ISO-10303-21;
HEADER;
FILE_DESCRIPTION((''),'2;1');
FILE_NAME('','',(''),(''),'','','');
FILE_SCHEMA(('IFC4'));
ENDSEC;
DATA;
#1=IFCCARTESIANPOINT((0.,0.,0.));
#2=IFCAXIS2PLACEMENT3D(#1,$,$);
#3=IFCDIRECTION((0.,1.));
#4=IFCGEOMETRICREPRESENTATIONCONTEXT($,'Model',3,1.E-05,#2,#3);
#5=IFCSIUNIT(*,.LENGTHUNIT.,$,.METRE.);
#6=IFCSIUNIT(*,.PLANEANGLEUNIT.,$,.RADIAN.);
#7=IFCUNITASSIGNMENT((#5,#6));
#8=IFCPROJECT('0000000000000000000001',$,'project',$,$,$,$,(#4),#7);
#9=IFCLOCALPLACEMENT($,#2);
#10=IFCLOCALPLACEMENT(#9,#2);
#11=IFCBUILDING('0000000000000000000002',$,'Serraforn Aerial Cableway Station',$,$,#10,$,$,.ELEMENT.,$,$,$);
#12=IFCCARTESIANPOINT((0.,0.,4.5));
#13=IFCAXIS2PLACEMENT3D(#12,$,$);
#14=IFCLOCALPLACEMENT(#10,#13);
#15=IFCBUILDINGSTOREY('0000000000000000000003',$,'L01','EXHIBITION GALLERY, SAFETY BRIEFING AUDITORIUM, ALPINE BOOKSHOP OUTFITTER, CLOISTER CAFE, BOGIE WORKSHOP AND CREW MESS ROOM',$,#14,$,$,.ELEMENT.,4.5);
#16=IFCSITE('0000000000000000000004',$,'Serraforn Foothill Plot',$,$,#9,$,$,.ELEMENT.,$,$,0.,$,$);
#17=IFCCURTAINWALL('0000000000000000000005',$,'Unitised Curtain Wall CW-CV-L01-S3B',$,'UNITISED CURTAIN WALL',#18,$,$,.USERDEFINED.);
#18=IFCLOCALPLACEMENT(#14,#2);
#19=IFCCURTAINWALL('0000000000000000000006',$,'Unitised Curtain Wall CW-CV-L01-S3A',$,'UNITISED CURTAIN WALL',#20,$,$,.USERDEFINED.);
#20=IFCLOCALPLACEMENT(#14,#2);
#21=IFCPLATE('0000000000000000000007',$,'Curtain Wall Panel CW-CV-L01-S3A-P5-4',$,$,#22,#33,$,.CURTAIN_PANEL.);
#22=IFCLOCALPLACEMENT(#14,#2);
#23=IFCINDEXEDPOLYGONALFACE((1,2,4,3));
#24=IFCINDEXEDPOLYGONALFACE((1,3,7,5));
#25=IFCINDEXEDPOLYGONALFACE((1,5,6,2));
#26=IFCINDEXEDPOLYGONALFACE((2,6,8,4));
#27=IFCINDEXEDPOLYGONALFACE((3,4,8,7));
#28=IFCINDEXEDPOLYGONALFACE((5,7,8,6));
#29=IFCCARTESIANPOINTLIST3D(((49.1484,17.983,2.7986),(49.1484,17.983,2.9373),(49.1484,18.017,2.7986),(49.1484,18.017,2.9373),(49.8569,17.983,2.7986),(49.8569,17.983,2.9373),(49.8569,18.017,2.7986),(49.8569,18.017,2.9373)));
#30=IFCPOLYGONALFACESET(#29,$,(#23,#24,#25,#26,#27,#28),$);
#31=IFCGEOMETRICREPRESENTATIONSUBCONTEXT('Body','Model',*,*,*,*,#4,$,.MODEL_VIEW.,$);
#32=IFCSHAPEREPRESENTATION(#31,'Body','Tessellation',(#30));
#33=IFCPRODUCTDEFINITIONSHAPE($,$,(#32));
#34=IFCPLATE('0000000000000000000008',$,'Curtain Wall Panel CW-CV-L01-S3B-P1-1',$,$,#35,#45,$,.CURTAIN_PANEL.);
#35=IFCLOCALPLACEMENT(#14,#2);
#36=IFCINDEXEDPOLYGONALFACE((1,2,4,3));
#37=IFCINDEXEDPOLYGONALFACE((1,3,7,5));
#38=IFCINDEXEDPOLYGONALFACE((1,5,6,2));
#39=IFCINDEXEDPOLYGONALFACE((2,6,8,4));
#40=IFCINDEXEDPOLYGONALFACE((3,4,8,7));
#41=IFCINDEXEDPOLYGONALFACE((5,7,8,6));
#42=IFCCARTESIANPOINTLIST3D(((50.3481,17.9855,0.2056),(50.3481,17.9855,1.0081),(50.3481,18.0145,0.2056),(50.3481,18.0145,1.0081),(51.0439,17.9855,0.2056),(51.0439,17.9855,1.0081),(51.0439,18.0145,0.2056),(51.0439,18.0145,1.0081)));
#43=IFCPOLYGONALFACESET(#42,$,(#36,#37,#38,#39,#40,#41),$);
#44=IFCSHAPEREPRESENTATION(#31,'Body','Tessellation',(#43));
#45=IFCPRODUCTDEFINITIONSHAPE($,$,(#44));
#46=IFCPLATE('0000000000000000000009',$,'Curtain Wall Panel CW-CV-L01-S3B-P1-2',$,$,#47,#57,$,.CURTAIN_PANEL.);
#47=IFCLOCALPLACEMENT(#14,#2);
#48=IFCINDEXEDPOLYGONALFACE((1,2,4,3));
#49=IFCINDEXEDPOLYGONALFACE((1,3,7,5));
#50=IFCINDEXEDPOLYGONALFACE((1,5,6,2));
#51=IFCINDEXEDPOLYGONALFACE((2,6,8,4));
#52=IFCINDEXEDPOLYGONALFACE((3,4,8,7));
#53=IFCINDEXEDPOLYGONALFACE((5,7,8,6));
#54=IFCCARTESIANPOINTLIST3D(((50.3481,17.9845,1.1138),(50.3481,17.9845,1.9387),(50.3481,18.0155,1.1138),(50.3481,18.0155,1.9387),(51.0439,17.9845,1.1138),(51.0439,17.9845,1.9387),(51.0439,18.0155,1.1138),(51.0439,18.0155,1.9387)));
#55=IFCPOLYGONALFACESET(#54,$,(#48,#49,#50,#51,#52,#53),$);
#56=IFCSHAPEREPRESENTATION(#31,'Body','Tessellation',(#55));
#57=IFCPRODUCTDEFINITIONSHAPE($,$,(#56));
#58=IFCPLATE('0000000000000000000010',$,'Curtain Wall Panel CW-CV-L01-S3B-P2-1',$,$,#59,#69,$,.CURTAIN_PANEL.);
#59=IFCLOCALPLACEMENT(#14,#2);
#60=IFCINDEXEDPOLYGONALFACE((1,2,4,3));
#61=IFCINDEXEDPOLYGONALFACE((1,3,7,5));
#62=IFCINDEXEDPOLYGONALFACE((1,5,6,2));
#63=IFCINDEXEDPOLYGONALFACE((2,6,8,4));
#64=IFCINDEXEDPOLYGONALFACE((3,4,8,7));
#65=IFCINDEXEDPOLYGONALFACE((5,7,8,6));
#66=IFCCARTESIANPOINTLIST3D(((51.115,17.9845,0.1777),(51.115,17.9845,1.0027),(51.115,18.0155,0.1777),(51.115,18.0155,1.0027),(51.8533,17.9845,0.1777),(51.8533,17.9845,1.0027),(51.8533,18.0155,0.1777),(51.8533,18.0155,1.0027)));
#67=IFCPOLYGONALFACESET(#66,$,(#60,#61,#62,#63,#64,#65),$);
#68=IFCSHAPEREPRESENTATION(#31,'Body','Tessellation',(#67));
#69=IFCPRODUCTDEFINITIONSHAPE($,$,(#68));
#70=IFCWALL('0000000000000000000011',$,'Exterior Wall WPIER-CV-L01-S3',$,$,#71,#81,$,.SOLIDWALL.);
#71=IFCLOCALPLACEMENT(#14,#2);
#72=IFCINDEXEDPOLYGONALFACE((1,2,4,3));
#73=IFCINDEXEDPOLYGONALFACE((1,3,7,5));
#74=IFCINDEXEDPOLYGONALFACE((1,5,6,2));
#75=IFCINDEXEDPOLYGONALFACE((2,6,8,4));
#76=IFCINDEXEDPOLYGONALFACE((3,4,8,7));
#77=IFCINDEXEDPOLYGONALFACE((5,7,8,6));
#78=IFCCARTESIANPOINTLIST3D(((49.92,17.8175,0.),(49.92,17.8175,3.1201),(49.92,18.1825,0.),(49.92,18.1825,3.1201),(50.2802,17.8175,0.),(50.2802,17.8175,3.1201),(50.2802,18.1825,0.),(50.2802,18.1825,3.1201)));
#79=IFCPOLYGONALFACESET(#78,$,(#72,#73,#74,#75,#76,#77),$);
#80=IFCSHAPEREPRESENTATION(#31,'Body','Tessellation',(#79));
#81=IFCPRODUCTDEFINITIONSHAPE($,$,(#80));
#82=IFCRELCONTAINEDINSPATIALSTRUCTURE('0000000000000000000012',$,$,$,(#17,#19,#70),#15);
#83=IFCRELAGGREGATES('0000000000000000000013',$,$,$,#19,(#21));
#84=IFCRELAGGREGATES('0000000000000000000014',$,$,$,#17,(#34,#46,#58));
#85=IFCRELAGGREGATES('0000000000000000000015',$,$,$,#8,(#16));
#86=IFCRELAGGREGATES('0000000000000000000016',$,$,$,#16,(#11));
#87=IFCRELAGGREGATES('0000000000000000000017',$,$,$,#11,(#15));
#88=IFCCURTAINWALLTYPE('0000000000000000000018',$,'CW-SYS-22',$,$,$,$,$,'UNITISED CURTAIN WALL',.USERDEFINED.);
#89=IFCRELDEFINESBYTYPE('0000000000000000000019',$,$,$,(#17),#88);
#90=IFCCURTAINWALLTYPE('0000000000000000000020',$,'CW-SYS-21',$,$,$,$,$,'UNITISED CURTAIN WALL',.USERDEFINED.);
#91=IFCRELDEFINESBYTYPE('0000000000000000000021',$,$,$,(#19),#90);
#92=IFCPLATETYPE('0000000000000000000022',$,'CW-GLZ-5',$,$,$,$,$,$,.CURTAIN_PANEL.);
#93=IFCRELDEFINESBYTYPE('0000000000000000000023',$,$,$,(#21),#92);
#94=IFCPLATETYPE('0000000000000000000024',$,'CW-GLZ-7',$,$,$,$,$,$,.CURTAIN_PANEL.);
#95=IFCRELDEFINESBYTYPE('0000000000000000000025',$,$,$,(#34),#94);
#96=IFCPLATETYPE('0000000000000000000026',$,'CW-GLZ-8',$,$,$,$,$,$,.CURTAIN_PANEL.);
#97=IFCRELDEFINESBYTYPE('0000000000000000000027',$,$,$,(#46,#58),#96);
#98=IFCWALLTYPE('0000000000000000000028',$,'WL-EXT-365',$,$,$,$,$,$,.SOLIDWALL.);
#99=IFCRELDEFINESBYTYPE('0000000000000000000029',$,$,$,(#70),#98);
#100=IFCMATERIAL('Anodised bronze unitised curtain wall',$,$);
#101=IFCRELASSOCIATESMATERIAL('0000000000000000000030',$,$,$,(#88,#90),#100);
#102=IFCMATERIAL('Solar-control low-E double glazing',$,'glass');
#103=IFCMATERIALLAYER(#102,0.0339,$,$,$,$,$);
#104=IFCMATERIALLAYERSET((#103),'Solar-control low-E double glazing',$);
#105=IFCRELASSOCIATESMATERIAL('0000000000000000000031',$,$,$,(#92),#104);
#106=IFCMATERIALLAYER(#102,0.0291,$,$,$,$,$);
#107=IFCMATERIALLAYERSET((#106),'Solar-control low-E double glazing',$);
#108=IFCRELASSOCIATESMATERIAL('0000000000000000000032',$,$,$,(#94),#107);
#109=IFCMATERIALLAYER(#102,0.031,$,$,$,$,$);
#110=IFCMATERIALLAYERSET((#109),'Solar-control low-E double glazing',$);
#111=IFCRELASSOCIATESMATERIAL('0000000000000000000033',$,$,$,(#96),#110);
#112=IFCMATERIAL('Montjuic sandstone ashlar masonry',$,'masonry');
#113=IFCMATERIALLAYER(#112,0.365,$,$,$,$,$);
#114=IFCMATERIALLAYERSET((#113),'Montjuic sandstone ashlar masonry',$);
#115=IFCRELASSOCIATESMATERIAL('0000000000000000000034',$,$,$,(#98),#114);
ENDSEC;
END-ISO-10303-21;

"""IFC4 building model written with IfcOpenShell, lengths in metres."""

from ifc_helpers import new_model, si_unit, direction, frame, frame_2d, origin, origin_2d, place, context, subcontext, project, spatial, rectangle, extrude, material, layer, layer_set, type_object, element, aggregate, save


model = new_model("IFC4")

# Units and contexts
model_context = context("Model", 3, precision=1e-05, world=origin(), true_north=direction((0.0, 1.0)))
body_context = subcontext(model_context, "Body", "Model", "MODEL_VIEW")
ifc_project = project(units=[si_unit("LENGTHUNIT", "METRE"), si_unit("PLANEANGLEUNIT", "RADIAN")], contexts=[model_context])

# Site, building, storey
site_placement = place(None, origin())
site = spatial("IfcSite", under=ifc_project, at=site_placement, Name="Serraforn Foothill Plot", CompositionType="ELEMENT", RefElevation=0.0)
building_placement = place(site_placement, origin())
building = spatial("IfcBuilding", under=site, at=building_placement, Name="Serraforn Aerial Cableway Station", CompositionType="ELEMENT")
storey_placement = place(building_placement, frame((0.0, 0.0, 4.5)))
storey = spatial("IfcBuildingStorey", under=building, at=storey_placement, Name="L01", Description="EXHIBITION GALLERY, SAFETY BRIEFING AUDITORIUM, ALPINE BOOKSHOP OUTFITTER, CLOISTER CAFE, BOGIE WORKSHOP AND CREW MESS ROOM", CompositionType="ELEMENT", Elevation=4.5)

# Curtain wall
ifc_material_1 = material(Name="Anodised bronze unitised curtain wall")
curtain_wall_type_1 = type_object("IfcCurtainWallType", Name="CW-SYS-22", ElementType="UNITISED CURTAIN WALL", PredefinedType="USERDEFINED", material=ifc_material_1)
curtain_wall_1_placement = place(storey_placement, origin())
curtain_wall_1 = element("IfcCurtainWall", 1, at=curtain_wall_1_placement, inside=storey, type_object=curtain_wall_type_1, Name="Unitised Curtain Wall CW-CV-L01-S3B", ObjectType="UNITISED CURTAIN WALL", PredefinedType="USERDEFINED")

# Curtain wall
curtain_wall_type_2 = type_object("IfcCurtainWallType", Name="CW-SYS-21", ElementType="UNITISED CURTAIN WALL", PredefinedType="USERDEFINED", material=ifc_material_1)
curtain_wall_2_placement = place(storey_placement, origin())
curtain_wall_2 = element("IfcCurtainWall", 2, at=curtain_wall_2_placement, inside=storey, type_object=curtain_wall_type_2, Name="Unitised Curtain Wall CW-CV-L01-S3A", ObjectType="UNITISED CURTAIN WALL", PredefinedType="USERDEFINED")

# Plates
ifc_material_2 = material(Name="Solar-control low-E double glazing", Category="glass")
ifc_layer_1 = layer(ifc_material_2, 0.0339)
ifc_layer_set_1 = layer_set([ifc_layer_1], Name="Solar-control low-E double glazing")
plate_type_1 = type_object("IfcPlateType", Name="CW-GLZ-5", PredefinedType="CURTAIN_PANEL", material=ifc_layer_set_1)
plate_1_placement = place(storey_placement, frame((49.5027, 18.0, 2.7986), z_axis=(0.0, 0.0, 1.0), x_axis=(1.0, 0.0, 0.0)))
plate_1 = element("IfcPlate", 3, at=plate_1_placement, type_object=plate_type_1, Name="Curtain Wall Panel CW-CV-L01-S3A-P5-4", PredefinedType="CURTAIN_PANEL", context=body_context, shape_type="SweptSolid", body=[
    extrude(rectangle(XDim=0.7085, YDim=0.0339, at=origin_2d()), origin(), (0.0, 0.0, 1.0), 0.1387),
])
aggregate(curtain_wall_2, [plate_1])
ifc_layer_2 = layer(ifc_material_2, 0.0291)
ifc_layer_set_2 = layer_set([ifc_layer_2], Name="Solar-control low-E double glazing")
plate_type_2 = type_object("IfcPlateType", Name="CW-GLZ-7", PredefinedType="CURTAIN_PANEL", material=ifc_layer_set_2)
plate_2_placement = place(storey_placement, frame((50.696, 18.0, 0.2056), z_axis=(0.0, 0.0, 1.0), x_axis=(1.0, 0.0, 0.0)))
plate_2 = element("IfcPlate", 4, at=plate_2_placement, type_object=plate_type_2, Name="Curtain Wall Panel CW-CV-L01-S3B-P1-1", PredefinedType="CURTAIN_PANEL", context=body_context, shape_type="SweptSolid", body=[
    extrude(rectangle(XDim=0.6958, YDim=0.0291, at=origin_2d()), origin(), (0.0, 0.0, 1.0), 0.8025),
])
ifc_layer_3 = layer(ifc_material_2, 0.031)
ifc_layer_set_3 = layer_set([ifc_layer_3], Name="Solar-control low-E double glazing")
plate_type_3 = type_object("IfcPlateType", Name="CW-GLZ-8", PredefinedType="CURTAIN_PANEL", material=ifc_layer_set_3)
plate_3_placement = place(storey_placement, frame((50.696, 18.0, 1.1138), z_axis=(0.0, 0.0, 1.0), x_axis=(1.0, 0.0, 0.0)))
plate_3 = element("IfcPlate", 5, at=plate_3_placement, type_object=plate_type_3, Name="Curtain Wall Panel CW-CV-L01-S3B-P1-2", PredefinedType="CURTAIN_PANEL", context=body_context, shape_type="SweptSolid", body=[
    extrude(rectangle(XDim=0.6958, YDim=0.031, at=origin_2d()), origin(), (0.0, 0.0, 1.0), 0.825),
])
plate_4_placement = place(storey_placement, frame((51.4841, 18.0, 0.1777), z_axis=(0.0, 0.0, 1.0), x_axis=(1.0, 0.0, 0.0)))
plate_4 = element("IfcPlate", 6, at=plate_4_placement, type_object=plate_type_3, Name="Curtain Wall Panel CW-CV-L01-S3B-P2-1", PredefinedType="CURTAIN_PANEL", context=body_context, shape_type="SweptSolid", body=[
    extrude(rectangle(XDim=0.7383, YDim=0.031, at=origin_2d()), origin(), (0.0, 0.0, 1.0), 0.825),
])
aggregate(curtain_wall_1, [plate_2, plate_3, plate_4])

# Wall
ifc_material_3 = material(Name="Montjuic sandstone ashlar masonry", Category="masonry")
ifc_layer_4 = layer(ifc_material_3, 0.365)
ifc_layer_set_4 = layer_set([ifc_layer_4], Name="Montjuic sandstone ashlar masonry")
wall_type = type_object("IfcWallType", Name="WL-EXT-365", PredefinedType="SOLIDWALL", material=ifc_layer_set_4)
wall_placement = place(storey_placement, frame((49.9199, 18.0, 0.0), z_axis=(0.0, 0.0, 1.0), x_axis=(1.0, 0.0, 0.0)))
element("IfcWall", 7, at=wall_placement, inside=storey, type_object=wall_type, Name="Exterior Wall WPIER-CV-L01-S3", PredefinedType="SOLIDWALL", context=body_context, shape_type="SweptSolid", body=[
    extrude(rectangle(XDim=0.3601, YDim=0.365, at=frame_2d((0.1802, 0.0))), origin(), (0.0, 0.0, 1.0), 3.1201),
])

save(model, "model.ifc")
